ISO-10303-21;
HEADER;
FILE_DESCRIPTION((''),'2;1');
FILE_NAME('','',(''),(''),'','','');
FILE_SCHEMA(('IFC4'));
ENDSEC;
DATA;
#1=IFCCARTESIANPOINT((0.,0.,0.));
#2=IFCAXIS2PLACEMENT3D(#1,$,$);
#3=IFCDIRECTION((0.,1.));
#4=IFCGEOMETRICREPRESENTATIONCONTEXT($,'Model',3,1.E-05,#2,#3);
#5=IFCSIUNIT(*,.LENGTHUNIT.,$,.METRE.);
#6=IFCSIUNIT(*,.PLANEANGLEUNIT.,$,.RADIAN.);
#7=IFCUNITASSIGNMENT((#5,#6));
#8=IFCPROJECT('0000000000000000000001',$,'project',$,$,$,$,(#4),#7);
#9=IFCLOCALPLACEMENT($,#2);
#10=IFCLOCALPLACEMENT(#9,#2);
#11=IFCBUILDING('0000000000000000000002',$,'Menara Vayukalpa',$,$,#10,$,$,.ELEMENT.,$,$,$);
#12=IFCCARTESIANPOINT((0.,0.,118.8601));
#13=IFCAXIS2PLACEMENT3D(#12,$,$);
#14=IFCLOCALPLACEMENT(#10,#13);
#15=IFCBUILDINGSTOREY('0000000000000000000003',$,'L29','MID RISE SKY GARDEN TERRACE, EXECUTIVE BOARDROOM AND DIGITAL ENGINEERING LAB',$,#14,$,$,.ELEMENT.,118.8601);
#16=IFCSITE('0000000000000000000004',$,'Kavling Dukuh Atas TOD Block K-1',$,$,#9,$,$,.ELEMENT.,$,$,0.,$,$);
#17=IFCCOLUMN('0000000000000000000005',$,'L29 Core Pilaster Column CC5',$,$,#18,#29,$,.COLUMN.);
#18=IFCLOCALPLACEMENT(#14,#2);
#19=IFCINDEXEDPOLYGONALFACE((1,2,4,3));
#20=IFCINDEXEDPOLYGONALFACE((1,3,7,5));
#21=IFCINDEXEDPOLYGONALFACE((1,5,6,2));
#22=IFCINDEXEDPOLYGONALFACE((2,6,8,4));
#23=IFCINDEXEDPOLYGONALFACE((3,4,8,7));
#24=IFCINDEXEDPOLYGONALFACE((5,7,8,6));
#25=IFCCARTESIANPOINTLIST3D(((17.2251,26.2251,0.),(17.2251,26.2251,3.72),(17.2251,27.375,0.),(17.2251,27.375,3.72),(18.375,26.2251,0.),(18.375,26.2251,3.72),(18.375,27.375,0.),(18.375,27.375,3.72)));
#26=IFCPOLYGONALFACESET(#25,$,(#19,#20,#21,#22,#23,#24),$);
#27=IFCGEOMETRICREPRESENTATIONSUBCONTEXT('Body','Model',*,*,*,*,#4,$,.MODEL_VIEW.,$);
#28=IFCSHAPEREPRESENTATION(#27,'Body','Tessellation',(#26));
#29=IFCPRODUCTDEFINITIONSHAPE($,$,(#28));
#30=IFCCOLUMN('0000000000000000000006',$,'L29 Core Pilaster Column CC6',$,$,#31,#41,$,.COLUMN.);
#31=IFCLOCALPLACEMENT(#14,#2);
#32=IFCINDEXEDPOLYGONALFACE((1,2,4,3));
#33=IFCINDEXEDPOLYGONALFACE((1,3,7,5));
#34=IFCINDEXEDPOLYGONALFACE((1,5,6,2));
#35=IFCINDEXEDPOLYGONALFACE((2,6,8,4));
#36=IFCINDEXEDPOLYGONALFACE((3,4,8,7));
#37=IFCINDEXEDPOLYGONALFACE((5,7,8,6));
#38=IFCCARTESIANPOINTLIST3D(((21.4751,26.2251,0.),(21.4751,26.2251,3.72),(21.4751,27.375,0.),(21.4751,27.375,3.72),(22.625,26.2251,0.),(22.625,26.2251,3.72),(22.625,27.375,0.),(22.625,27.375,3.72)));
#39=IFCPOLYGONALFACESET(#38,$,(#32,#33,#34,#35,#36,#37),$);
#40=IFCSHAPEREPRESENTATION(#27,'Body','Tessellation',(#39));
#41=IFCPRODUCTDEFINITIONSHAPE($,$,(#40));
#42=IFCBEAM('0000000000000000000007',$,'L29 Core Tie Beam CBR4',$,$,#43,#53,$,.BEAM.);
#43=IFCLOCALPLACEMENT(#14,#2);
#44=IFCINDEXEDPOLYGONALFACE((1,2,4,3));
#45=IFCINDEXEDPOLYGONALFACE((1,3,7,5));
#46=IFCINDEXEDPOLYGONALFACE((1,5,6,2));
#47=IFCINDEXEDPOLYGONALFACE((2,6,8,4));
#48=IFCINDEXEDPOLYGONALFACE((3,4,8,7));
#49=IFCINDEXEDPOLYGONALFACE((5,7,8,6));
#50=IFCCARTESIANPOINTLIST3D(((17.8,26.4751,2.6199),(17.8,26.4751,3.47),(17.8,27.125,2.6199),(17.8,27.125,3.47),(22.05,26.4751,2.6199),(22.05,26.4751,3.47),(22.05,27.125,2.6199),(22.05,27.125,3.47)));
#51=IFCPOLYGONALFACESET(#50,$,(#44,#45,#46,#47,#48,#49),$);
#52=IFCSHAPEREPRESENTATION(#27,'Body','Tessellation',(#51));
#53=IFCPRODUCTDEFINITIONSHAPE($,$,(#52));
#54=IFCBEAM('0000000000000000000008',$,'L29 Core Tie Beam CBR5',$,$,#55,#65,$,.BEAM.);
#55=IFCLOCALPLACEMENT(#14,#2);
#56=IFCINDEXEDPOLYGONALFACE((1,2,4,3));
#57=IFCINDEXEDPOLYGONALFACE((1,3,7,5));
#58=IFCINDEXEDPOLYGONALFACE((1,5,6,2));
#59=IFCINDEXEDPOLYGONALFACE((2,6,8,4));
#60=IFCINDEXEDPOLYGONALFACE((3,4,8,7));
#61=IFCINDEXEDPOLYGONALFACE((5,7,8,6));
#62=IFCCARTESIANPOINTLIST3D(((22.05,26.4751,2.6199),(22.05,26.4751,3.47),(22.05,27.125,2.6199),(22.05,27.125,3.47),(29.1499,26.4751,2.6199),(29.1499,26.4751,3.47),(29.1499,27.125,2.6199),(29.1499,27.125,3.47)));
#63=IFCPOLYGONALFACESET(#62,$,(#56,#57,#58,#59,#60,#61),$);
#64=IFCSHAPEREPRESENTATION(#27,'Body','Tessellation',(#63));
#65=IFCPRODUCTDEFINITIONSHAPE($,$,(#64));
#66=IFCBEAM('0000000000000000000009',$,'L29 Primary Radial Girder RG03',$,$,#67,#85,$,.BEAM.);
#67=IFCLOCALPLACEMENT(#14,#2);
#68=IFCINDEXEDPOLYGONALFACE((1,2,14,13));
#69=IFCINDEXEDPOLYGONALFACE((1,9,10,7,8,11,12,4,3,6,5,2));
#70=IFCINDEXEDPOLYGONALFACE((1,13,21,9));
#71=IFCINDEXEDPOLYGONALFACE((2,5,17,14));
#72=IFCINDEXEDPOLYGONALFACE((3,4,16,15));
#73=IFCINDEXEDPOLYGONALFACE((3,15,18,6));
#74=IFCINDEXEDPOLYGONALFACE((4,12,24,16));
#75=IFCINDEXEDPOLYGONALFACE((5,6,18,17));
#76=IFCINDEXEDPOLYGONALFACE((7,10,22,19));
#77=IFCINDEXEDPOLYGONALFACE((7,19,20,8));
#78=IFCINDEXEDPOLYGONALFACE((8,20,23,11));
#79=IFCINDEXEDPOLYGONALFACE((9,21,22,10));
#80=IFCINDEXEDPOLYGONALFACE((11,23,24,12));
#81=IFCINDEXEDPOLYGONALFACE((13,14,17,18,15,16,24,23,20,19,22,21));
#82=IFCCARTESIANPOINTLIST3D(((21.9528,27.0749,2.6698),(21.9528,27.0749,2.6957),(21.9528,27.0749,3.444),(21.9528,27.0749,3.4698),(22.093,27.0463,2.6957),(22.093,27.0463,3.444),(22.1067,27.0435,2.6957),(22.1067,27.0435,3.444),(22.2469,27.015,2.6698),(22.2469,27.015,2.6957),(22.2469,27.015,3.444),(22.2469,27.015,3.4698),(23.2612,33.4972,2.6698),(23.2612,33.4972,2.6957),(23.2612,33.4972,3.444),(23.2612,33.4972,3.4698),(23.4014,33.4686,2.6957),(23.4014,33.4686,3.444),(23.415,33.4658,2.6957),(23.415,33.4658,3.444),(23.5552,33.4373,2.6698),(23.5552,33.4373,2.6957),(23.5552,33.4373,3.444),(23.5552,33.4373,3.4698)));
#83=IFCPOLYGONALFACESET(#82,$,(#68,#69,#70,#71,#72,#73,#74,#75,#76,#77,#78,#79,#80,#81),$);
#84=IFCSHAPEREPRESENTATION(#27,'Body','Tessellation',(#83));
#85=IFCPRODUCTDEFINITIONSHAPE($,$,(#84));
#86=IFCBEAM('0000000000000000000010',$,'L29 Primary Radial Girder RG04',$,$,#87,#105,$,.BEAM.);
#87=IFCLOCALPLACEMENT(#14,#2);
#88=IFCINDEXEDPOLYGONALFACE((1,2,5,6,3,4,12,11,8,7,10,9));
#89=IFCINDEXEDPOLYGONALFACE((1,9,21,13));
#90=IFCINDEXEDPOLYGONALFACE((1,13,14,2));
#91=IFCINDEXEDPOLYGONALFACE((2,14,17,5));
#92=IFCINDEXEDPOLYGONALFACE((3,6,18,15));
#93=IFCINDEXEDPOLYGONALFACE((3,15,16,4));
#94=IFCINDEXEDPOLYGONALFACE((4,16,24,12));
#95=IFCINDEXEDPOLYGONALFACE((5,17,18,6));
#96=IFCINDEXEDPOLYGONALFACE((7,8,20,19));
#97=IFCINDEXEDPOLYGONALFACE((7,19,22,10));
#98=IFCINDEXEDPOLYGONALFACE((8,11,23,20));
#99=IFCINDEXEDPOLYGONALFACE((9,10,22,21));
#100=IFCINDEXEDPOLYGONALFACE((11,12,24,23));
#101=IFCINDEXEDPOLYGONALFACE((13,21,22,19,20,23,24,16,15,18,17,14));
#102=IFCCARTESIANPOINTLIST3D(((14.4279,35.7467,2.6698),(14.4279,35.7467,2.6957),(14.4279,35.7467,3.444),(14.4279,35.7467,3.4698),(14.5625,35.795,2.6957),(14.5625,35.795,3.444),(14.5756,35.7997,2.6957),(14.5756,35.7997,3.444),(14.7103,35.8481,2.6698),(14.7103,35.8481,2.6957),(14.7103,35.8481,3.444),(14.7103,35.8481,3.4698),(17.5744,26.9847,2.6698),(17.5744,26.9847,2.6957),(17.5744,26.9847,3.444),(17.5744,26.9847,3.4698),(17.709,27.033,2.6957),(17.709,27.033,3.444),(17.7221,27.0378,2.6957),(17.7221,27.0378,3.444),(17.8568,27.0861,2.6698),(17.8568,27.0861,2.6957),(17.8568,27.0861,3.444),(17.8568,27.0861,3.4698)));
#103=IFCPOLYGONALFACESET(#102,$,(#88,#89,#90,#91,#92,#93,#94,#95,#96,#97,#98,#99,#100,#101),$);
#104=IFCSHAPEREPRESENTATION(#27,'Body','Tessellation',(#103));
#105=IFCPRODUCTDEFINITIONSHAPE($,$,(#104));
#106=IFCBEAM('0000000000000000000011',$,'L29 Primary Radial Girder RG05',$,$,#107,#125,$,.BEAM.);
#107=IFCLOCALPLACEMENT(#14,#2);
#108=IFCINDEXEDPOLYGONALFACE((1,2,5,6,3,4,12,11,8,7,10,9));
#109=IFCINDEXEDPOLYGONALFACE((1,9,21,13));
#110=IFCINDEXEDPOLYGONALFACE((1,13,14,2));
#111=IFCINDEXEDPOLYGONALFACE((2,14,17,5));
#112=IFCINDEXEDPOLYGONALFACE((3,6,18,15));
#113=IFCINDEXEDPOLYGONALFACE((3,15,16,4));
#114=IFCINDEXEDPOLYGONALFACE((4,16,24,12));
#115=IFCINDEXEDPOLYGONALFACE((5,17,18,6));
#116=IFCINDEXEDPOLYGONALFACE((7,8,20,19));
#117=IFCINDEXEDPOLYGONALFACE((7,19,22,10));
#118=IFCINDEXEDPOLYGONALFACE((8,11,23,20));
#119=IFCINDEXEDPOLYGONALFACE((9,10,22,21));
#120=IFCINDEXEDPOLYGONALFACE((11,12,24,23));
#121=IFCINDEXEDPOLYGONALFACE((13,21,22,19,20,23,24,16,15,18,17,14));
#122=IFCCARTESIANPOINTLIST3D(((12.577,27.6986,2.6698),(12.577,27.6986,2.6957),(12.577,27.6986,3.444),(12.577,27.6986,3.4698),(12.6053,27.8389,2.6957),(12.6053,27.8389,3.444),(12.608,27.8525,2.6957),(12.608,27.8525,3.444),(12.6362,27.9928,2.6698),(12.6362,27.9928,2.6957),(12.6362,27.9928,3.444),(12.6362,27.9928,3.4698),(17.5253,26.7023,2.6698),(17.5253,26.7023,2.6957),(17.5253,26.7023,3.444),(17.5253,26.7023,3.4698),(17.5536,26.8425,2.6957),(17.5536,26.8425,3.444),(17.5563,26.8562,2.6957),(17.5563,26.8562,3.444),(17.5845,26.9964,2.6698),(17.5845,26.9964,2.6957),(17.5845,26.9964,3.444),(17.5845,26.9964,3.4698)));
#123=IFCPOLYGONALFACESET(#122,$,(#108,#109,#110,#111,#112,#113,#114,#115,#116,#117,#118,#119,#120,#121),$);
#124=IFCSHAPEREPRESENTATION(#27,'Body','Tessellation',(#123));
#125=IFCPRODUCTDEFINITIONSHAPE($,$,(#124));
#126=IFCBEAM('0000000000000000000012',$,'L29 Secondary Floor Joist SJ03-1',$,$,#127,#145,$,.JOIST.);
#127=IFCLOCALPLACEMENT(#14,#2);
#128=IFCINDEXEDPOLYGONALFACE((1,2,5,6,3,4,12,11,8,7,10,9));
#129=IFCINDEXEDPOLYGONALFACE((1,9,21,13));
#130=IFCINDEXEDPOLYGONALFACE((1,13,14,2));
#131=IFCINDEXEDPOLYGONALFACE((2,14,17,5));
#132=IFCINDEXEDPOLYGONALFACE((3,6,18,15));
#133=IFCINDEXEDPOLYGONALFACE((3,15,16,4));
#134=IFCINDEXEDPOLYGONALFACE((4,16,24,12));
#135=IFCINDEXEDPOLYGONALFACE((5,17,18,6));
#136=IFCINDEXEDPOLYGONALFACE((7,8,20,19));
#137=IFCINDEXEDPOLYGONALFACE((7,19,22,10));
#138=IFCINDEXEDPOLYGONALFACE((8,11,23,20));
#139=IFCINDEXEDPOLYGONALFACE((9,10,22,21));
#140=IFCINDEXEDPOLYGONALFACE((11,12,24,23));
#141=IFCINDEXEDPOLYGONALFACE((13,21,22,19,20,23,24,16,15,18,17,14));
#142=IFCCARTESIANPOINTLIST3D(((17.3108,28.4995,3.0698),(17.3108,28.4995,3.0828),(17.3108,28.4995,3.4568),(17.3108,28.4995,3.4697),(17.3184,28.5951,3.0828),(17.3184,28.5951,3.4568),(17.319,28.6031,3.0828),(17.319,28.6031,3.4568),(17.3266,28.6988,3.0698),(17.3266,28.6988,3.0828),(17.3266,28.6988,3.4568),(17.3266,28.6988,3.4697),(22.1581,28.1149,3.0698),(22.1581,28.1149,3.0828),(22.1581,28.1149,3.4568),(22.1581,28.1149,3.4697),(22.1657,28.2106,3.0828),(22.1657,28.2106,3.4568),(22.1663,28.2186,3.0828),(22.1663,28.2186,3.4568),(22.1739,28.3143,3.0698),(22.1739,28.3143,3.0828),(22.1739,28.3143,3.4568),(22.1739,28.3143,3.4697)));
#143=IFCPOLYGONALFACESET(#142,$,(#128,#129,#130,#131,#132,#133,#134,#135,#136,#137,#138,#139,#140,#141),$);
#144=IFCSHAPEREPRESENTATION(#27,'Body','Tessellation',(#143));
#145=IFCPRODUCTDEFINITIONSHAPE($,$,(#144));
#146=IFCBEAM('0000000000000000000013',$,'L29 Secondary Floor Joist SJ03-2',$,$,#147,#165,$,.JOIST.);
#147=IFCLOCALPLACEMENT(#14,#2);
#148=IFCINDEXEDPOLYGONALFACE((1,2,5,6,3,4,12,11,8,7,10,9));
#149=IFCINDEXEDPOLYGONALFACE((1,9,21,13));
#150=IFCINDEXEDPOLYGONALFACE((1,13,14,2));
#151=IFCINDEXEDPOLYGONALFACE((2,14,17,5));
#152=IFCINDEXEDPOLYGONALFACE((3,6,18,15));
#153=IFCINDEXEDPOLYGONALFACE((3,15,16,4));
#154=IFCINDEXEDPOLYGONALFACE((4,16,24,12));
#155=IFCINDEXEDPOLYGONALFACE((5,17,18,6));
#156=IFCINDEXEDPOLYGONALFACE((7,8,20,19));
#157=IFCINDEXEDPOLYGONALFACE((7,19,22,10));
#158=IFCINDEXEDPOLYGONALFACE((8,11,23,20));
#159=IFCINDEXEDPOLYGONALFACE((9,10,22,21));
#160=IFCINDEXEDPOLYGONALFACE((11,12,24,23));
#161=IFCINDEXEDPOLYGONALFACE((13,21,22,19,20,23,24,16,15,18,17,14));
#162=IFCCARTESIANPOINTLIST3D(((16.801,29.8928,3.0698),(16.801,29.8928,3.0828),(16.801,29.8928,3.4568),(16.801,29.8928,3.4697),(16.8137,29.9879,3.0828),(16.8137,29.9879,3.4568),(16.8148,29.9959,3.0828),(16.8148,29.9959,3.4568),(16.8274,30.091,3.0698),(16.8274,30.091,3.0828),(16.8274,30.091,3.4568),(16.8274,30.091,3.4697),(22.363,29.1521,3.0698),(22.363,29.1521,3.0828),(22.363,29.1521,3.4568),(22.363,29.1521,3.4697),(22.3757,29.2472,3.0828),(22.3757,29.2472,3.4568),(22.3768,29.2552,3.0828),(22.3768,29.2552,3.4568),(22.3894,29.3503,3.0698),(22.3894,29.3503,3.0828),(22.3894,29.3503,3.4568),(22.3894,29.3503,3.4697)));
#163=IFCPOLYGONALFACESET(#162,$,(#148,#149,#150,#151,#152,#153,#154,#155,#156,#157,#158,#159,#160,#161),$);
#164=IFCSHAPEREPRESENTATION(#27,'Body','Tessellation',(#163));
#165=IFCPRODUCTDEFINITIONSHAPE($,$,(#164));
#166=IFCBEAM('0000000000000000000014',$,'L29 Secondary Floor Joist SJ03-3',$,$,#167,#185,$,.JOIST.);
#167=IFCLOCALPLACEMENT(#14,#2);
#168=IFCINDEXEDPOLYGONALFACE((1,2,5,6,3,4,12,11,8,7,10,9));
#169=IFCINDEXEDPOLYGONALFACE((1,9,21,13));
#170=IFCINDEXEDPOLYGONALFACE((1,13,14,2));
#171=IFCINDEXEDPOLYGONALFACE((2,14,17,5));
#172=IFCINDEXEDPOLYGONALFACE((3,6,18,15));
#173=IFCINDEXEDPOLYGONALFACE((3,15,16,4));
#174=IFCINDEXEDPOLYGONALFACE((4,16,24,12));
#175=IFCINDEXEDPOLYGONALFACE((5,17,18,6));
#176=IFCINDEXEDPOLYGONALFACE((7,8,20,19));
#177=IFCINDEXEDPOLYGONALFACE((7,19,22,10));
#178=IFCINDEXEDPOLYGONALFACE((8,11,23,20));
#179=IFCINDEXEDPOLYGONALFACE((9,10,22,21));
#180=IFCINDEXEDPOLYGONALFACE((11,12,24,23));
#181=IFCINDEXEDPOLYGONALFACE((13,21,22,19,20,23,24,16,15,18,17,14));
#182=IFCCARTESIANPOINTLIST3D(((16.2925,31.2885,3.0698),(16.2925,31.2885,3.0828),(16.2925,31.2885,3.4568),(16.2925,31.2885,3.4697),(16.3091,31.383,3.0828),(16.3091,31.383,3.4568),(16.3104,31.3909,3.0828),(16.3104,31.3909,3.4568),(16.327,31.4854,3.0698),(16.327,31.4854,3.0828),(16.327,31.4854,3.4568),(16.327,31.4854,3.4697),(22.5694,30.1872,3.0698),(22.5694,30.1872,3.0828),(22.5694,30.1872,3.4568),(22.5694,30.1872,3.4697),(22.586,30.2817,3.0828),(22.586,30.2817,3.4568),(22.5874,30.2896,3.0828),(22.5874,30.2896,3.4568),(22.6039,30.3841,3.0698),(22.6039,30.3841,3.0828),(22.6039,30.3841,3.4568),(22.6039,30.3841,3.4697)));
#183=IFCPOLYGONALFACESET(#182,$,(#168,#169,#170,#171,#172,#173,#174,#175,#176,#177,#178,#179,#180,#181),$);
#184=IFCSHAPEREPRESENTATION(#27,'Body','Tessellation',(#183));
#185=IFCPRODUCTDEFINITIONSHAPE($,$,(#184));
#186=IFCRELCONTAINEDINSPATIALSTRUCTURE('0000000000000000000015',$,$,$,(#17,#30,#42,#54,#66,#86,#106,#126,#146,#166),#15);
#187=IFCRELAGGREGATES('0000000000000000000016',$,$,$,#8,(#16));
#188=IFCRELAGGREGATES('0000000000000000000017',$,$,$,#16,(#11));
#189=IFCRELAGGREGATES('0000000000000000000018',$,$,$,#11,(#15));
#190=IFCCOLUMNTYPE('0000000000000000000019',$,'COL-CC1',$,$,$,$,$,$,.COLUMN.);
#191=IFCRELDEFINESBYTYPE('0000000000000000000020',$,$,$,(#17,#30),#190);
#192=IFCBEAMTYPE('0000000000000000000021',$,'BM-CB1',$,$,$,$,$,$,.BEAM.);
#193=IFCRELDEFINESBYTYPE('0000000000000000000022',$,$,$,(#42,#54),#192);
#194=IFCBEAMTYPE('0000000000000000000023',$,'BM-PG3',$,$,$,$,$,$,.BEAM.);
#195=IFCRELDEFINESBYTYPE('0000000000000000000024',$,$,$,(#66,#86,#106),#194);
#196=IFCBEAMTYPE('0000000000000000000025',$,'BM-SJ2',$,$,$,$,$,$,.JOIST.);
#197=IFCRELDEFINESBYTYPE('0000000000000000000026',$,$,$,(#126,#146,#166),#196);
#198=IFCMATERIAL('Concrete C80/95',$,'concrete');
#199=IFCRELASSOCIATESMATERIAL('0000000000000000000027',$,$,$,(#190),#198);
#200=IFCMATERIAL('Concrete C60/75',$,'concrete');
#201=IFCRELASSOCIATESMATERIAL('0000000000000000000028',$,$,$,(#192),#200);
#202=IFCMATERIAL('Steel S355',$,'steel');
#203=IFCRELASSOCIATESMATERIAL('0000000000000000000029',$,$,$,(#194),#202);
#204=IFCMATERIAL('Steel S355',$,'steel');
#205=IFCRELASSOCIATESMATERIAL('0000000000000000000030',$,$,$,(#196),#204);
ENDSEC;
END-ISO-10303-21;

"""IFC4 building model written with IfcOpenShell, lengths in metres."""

from ifc_helpers import new_model, si_unit, direction, frame, origin, origin_2d, place, context, subcontext, project, spatial, rectangle, i_section, extrude, material, material_profile, profile_set, type_object, element, save


model = new_model("IFC4")

# Units and contexts
model_context = context("Model", 3, precision=1e-05, world=origin(), true_north=direction((0.0, 1.0)))
body_context = subcontext(model_context, "Body", "Model", "MODEL_VIEW")
ifc_project = project(units=[si_unit("LENGTHUNIT", "METRE"), si_unit("PLANEANGLEUNIT", "RADIAN")], contexts=[model_context])

# Site, building, storey
site_placement = place(None, origin())
site = spatial("IfcSite", under=ifc_project, at=site_placement, Name="Kavling Dukuh Atas TOD Block K-1", CompositionType="ELEMENT", RefElevation=0.0)
building_placement = place(site_placement, origin())
building = spatial("IfcBuilding", under=site, at=building_placement, Name="Menara Vayukalpa", CompositionType="ELEMENT")
storey_placement = place(building_placement, frame((0.0, 0.0, 118.8601)))
storey = spatial("IfcBuildingStorey", under=building, at=storey_placement, Name="L29", Description="MID RISE SKY GARDEN TERRACE, EXECUTIVE BOARDROOM AND DIGITAL ENGINEERING LAB", CompositionType="ELEMENT", Elevation=118.8601)

# Columns
ifc_material_1 = material(Name="Concrete C80/95", Category="concrete")
ifc_material_profile_1 = material_profile(ifc_material_1, rectangle(XDim=1.1499, YDim=1.1499, at=origin_2d()), Name="RC 1150x1150")
ifc_profile_set_1 = profile_set([ifc_material_profile_1], Name="Concrete C80/95")
column_type = type_object("IfcColumnType", Name="COL-CC1", PredefinedType="COLUMN", material=ifc_profile_set_1)
for number, where, z_axis, x_axis, name in (
    (1, (17.8, 26.8, 0.0), (0.0, 0.0, 1.0), (1.0, 0.0, 0.0), "L29 Core Pilaster Column CC5"),
    (2, (22.05, 26.8, 0.0), (0.0, 0.0, 1.0), (1.0, 0.0, 0.0), "L29 Core Pilaster Column CC6"),
):
    element("IfcColumn", number, at=place(storey_placement, frame(where, z_axis=z_axis, x_axis=x_axis)), inside=storey, type_object=column_type, Name=name, PredefinedType="COLUMN", context=body_context, shape_type="SweptSolid", body=[
        extrude(rectangle(XDim=1.1499, YDim=1.1499, at=origin_2d()), origin(), (0.0, 0.0, 1.0), 3.72),
    ])

# Beams
ifc_material_2 = material(Name="Concrete C60/75", Category="concrete")
ifc_material_profile_2 = material_profile(ifc_material_2, rectangle(XDim=0.6499, YDim=0.8501, at=origin_2d()), Name="RC 650x850")
ifc_profile_set_2 = profile_set([ifc_material_profile_2], Name="Concrete C60/75")
beam_type_1 = type_object("IfcBeamType", Name="BM-CB1", PredefinedType="BEAM", material=ifc_profile_set_2)
beam_1_placement = place(storey_placement, frame((17.8, 26.8, 3.0449), z_axis=(1.0, 0.0, 0.0), x_axis=(0.0, 1.0, 0.0)))
element("IfcBeam", 3, at=beam_1_placement, inside=storey, type_object=beam_type_1, Name="L29 Core Tie Beam CBR4", PredefinedType="BEAM", context=body_context, shape_type="SweptSolid", body=[
    extrude(rectangle(XDim=0.6499, YDim=0.8501, at=origin_2d()), origin(), (0.0, 0.0, 1.0), 4.25),
])
beam_2_placement = place(storey_placement, frame((22.05, 26.8, 3.0449), z_axis=(1.0, 0.0, 0.0), x_axis=(0.0, 1.0, 0.0)))
element("IfcBeam", 4, at=beam_2_placement, inside=storey, type_object=beam_type_1, Name="L29 Core Tie Beam CBR5", PredefinedType="BEAM", context=body_context, shape_type="SweptSolid", body=[
    extrude(rectangle(XDim=0.6499, YDim=0.8501, at=origin_2d()), origin(), (0.0, 0.0, 1.0), 7.0999),
])
ifc_material_3 = material(Name="Steel S355", Category="steel")
ifc_material_profile_3 = material_profile(ifc_material_3, i_section(OverallWidth=0.3, OverallDepth=0.8, WebThickness=0.0139, FlangeThickness=0.0259, at=origin_2d()), Name="WF 800x300x14x26")
ifc_profile_set_3 = profile_set([ifc_material_profile_3], Name="Steel S355")
beam_type_2 = type_object("IfcBeamType", Name="BM-PG3", PredefinedType="BEAM", material=ifc_profile_set_3)
beam_3_placement = place(storey_placement, frame((22.0999, 27.0449, 3.0698), z_axis=(0.199618, 0.979874, 0.0), x_axis=(-0.979874, 0.199618, 0.0)))
element("IfcBeam", 5, at=beam_3_placement, inside=storey, type_object=beam_type_2, Name="L29 Primary Radial Girder RG03", PredefinedType="BEAM", context=body_context, shape_type="SweptSolid", body=[
    extrude(i_section(OverallWidth=0.3, OverallDepth=0.8, WebThickness=0.0139, FlangeThickness=0.0259, at=origin_2d()), origin(), (0.0, 0.0, 1.0), 6.5542),
])
beam_4_placement = place(storey_placement, frame((17.7156, 27.0354, 3.0698), z_axis=(-0.337976, 0.941155, 0.0), x_axis=(-0.941155, -0.337976, 0.0)))
element("IfcBeam", 6, at=beam_4_placement, inside=storey, type_object=beam_type_2, Name="L29 Primary Radial Girder RG04", PredefinedType="BEAM", context=body_context, shape_type="SweptSolid", body=[
    extrude(i_section(OverallWidth=0.3, OverallDepth=0.8, WebThickness=0.0139, FlangeThickness=0.0259, at=origin_2d()), origin(), (0.0, 0.0, 1.0), 9.3098),
])
beam_5_placement = place(storey_placement, frame((17.5549, 26.8494, 3.0698), z_axis=(-0.980325, 0.19739, 0.0), x_axis=(-0.19739, -0.980325, 0.0)))
element("IfcBeam", 7, at=beam_5_placement, inside=storey, type_object=beam_type_2, Name="L29 Primary Radial Girder RG05", PredefinedType="BEAM", context=body_context, shape_type="SweptSolid", body=[
    extrude(i_section(OverallWidth=0.3, OverallDepth=0.8, WebThickness=0.0139, FlangeThickness=0.0259, at=origin_2d()), origin(), (0.0, 0.0, 1.0), 5.0476),
])
ifc_material_4 = material(Name="Steel S355", Category="steel")
ifc_material_profile_4 = material_profile(ifc_material_4, i_section(OverallWidth=0.2, OverallDepth=0.3999, WebThickness=0.0081, FlangeThickness=0.0129, at=origin_2d()), Name="WF 400x200x8x13")
ifc_profile_set_4 = profile_set([ifc_material_profile_4], Name="Steel S355")
beam_type_3 = type_object("IfcBeamType", Name="BM-SJ2", PredefinedType="JOIST", material=ifc_profile_set_4)
beam_6_placement = place(storey_placement, frame((22.166, 28.2146, 3.2698), z_axis=(-0.996869, 0.079077, 0.0), x_axis=(-0.079077, -0.996869, 0.0)))
element("IfcBeam", 8, at=beam_6_placement, inside=storey, type_object=beam_type_3, Name="L29 Secondary Floor Joist SJ03-1", PredefinedType="JOIST", context=body_context, shape_type="SweptSolid", body=[
    extrude(i_section(OverallWidth=0.2, OverallDepth=0.3999, WebThickness=0.0081, FlangeThickness=0.0129, at=origin_2d()), origin(), (0.0, 0.0, 1.0), 4.8625),
])
beam_7_placement = place(storey_placement, frame((22.3762, 29.2512, 3.2698), z_axis=(-0.991248, 0.13201, 0.0), x_axis=(-0.13201, -0.991248, 0.0)))
element("IfcBeam", 9, at=beam_7_placement, inside=storey, type_object=beam_type_3, Name="L29 Secondary Floor Joist SJ03-2", PredefinedType="JOIST", context=body_context, shape_type="SweptSolid", body=[
    extrude(i_section(OverallWidth=0.2, OverallDepth=0.3999, WebThickness=0.0081, FlangeThickness=0.0129, at=origin_2d()), origin(), (0.0, 0.0, 1.0), 5.6111),
])
beam_8_placement = place(storey_placement, frame((22.5867, 30.2856, 3.2698), z_axis=(-0.984954, 0.172817, 0.0), x_axis=(-0.172817, -0.984954, 0.0)))
element("IfcBeam", 10, at=beam_8_placement, inside=storey, type_object=beam_type_3, Name="L29 Secondary Floor Joist SJ03-3", PredefinedType="JOIST", context=body_context, shape_type="SweptSolid", body=[
    extrude(i_section(OverallWidth=0.2, OverallDepth=0.3999, WebThickness=0.0081, FlangeThickness=0.0129, at=origin_2d()), origin(), (0.0, 0.0, 1.0), 6.3728),
])

save(model, "model.ifc")
